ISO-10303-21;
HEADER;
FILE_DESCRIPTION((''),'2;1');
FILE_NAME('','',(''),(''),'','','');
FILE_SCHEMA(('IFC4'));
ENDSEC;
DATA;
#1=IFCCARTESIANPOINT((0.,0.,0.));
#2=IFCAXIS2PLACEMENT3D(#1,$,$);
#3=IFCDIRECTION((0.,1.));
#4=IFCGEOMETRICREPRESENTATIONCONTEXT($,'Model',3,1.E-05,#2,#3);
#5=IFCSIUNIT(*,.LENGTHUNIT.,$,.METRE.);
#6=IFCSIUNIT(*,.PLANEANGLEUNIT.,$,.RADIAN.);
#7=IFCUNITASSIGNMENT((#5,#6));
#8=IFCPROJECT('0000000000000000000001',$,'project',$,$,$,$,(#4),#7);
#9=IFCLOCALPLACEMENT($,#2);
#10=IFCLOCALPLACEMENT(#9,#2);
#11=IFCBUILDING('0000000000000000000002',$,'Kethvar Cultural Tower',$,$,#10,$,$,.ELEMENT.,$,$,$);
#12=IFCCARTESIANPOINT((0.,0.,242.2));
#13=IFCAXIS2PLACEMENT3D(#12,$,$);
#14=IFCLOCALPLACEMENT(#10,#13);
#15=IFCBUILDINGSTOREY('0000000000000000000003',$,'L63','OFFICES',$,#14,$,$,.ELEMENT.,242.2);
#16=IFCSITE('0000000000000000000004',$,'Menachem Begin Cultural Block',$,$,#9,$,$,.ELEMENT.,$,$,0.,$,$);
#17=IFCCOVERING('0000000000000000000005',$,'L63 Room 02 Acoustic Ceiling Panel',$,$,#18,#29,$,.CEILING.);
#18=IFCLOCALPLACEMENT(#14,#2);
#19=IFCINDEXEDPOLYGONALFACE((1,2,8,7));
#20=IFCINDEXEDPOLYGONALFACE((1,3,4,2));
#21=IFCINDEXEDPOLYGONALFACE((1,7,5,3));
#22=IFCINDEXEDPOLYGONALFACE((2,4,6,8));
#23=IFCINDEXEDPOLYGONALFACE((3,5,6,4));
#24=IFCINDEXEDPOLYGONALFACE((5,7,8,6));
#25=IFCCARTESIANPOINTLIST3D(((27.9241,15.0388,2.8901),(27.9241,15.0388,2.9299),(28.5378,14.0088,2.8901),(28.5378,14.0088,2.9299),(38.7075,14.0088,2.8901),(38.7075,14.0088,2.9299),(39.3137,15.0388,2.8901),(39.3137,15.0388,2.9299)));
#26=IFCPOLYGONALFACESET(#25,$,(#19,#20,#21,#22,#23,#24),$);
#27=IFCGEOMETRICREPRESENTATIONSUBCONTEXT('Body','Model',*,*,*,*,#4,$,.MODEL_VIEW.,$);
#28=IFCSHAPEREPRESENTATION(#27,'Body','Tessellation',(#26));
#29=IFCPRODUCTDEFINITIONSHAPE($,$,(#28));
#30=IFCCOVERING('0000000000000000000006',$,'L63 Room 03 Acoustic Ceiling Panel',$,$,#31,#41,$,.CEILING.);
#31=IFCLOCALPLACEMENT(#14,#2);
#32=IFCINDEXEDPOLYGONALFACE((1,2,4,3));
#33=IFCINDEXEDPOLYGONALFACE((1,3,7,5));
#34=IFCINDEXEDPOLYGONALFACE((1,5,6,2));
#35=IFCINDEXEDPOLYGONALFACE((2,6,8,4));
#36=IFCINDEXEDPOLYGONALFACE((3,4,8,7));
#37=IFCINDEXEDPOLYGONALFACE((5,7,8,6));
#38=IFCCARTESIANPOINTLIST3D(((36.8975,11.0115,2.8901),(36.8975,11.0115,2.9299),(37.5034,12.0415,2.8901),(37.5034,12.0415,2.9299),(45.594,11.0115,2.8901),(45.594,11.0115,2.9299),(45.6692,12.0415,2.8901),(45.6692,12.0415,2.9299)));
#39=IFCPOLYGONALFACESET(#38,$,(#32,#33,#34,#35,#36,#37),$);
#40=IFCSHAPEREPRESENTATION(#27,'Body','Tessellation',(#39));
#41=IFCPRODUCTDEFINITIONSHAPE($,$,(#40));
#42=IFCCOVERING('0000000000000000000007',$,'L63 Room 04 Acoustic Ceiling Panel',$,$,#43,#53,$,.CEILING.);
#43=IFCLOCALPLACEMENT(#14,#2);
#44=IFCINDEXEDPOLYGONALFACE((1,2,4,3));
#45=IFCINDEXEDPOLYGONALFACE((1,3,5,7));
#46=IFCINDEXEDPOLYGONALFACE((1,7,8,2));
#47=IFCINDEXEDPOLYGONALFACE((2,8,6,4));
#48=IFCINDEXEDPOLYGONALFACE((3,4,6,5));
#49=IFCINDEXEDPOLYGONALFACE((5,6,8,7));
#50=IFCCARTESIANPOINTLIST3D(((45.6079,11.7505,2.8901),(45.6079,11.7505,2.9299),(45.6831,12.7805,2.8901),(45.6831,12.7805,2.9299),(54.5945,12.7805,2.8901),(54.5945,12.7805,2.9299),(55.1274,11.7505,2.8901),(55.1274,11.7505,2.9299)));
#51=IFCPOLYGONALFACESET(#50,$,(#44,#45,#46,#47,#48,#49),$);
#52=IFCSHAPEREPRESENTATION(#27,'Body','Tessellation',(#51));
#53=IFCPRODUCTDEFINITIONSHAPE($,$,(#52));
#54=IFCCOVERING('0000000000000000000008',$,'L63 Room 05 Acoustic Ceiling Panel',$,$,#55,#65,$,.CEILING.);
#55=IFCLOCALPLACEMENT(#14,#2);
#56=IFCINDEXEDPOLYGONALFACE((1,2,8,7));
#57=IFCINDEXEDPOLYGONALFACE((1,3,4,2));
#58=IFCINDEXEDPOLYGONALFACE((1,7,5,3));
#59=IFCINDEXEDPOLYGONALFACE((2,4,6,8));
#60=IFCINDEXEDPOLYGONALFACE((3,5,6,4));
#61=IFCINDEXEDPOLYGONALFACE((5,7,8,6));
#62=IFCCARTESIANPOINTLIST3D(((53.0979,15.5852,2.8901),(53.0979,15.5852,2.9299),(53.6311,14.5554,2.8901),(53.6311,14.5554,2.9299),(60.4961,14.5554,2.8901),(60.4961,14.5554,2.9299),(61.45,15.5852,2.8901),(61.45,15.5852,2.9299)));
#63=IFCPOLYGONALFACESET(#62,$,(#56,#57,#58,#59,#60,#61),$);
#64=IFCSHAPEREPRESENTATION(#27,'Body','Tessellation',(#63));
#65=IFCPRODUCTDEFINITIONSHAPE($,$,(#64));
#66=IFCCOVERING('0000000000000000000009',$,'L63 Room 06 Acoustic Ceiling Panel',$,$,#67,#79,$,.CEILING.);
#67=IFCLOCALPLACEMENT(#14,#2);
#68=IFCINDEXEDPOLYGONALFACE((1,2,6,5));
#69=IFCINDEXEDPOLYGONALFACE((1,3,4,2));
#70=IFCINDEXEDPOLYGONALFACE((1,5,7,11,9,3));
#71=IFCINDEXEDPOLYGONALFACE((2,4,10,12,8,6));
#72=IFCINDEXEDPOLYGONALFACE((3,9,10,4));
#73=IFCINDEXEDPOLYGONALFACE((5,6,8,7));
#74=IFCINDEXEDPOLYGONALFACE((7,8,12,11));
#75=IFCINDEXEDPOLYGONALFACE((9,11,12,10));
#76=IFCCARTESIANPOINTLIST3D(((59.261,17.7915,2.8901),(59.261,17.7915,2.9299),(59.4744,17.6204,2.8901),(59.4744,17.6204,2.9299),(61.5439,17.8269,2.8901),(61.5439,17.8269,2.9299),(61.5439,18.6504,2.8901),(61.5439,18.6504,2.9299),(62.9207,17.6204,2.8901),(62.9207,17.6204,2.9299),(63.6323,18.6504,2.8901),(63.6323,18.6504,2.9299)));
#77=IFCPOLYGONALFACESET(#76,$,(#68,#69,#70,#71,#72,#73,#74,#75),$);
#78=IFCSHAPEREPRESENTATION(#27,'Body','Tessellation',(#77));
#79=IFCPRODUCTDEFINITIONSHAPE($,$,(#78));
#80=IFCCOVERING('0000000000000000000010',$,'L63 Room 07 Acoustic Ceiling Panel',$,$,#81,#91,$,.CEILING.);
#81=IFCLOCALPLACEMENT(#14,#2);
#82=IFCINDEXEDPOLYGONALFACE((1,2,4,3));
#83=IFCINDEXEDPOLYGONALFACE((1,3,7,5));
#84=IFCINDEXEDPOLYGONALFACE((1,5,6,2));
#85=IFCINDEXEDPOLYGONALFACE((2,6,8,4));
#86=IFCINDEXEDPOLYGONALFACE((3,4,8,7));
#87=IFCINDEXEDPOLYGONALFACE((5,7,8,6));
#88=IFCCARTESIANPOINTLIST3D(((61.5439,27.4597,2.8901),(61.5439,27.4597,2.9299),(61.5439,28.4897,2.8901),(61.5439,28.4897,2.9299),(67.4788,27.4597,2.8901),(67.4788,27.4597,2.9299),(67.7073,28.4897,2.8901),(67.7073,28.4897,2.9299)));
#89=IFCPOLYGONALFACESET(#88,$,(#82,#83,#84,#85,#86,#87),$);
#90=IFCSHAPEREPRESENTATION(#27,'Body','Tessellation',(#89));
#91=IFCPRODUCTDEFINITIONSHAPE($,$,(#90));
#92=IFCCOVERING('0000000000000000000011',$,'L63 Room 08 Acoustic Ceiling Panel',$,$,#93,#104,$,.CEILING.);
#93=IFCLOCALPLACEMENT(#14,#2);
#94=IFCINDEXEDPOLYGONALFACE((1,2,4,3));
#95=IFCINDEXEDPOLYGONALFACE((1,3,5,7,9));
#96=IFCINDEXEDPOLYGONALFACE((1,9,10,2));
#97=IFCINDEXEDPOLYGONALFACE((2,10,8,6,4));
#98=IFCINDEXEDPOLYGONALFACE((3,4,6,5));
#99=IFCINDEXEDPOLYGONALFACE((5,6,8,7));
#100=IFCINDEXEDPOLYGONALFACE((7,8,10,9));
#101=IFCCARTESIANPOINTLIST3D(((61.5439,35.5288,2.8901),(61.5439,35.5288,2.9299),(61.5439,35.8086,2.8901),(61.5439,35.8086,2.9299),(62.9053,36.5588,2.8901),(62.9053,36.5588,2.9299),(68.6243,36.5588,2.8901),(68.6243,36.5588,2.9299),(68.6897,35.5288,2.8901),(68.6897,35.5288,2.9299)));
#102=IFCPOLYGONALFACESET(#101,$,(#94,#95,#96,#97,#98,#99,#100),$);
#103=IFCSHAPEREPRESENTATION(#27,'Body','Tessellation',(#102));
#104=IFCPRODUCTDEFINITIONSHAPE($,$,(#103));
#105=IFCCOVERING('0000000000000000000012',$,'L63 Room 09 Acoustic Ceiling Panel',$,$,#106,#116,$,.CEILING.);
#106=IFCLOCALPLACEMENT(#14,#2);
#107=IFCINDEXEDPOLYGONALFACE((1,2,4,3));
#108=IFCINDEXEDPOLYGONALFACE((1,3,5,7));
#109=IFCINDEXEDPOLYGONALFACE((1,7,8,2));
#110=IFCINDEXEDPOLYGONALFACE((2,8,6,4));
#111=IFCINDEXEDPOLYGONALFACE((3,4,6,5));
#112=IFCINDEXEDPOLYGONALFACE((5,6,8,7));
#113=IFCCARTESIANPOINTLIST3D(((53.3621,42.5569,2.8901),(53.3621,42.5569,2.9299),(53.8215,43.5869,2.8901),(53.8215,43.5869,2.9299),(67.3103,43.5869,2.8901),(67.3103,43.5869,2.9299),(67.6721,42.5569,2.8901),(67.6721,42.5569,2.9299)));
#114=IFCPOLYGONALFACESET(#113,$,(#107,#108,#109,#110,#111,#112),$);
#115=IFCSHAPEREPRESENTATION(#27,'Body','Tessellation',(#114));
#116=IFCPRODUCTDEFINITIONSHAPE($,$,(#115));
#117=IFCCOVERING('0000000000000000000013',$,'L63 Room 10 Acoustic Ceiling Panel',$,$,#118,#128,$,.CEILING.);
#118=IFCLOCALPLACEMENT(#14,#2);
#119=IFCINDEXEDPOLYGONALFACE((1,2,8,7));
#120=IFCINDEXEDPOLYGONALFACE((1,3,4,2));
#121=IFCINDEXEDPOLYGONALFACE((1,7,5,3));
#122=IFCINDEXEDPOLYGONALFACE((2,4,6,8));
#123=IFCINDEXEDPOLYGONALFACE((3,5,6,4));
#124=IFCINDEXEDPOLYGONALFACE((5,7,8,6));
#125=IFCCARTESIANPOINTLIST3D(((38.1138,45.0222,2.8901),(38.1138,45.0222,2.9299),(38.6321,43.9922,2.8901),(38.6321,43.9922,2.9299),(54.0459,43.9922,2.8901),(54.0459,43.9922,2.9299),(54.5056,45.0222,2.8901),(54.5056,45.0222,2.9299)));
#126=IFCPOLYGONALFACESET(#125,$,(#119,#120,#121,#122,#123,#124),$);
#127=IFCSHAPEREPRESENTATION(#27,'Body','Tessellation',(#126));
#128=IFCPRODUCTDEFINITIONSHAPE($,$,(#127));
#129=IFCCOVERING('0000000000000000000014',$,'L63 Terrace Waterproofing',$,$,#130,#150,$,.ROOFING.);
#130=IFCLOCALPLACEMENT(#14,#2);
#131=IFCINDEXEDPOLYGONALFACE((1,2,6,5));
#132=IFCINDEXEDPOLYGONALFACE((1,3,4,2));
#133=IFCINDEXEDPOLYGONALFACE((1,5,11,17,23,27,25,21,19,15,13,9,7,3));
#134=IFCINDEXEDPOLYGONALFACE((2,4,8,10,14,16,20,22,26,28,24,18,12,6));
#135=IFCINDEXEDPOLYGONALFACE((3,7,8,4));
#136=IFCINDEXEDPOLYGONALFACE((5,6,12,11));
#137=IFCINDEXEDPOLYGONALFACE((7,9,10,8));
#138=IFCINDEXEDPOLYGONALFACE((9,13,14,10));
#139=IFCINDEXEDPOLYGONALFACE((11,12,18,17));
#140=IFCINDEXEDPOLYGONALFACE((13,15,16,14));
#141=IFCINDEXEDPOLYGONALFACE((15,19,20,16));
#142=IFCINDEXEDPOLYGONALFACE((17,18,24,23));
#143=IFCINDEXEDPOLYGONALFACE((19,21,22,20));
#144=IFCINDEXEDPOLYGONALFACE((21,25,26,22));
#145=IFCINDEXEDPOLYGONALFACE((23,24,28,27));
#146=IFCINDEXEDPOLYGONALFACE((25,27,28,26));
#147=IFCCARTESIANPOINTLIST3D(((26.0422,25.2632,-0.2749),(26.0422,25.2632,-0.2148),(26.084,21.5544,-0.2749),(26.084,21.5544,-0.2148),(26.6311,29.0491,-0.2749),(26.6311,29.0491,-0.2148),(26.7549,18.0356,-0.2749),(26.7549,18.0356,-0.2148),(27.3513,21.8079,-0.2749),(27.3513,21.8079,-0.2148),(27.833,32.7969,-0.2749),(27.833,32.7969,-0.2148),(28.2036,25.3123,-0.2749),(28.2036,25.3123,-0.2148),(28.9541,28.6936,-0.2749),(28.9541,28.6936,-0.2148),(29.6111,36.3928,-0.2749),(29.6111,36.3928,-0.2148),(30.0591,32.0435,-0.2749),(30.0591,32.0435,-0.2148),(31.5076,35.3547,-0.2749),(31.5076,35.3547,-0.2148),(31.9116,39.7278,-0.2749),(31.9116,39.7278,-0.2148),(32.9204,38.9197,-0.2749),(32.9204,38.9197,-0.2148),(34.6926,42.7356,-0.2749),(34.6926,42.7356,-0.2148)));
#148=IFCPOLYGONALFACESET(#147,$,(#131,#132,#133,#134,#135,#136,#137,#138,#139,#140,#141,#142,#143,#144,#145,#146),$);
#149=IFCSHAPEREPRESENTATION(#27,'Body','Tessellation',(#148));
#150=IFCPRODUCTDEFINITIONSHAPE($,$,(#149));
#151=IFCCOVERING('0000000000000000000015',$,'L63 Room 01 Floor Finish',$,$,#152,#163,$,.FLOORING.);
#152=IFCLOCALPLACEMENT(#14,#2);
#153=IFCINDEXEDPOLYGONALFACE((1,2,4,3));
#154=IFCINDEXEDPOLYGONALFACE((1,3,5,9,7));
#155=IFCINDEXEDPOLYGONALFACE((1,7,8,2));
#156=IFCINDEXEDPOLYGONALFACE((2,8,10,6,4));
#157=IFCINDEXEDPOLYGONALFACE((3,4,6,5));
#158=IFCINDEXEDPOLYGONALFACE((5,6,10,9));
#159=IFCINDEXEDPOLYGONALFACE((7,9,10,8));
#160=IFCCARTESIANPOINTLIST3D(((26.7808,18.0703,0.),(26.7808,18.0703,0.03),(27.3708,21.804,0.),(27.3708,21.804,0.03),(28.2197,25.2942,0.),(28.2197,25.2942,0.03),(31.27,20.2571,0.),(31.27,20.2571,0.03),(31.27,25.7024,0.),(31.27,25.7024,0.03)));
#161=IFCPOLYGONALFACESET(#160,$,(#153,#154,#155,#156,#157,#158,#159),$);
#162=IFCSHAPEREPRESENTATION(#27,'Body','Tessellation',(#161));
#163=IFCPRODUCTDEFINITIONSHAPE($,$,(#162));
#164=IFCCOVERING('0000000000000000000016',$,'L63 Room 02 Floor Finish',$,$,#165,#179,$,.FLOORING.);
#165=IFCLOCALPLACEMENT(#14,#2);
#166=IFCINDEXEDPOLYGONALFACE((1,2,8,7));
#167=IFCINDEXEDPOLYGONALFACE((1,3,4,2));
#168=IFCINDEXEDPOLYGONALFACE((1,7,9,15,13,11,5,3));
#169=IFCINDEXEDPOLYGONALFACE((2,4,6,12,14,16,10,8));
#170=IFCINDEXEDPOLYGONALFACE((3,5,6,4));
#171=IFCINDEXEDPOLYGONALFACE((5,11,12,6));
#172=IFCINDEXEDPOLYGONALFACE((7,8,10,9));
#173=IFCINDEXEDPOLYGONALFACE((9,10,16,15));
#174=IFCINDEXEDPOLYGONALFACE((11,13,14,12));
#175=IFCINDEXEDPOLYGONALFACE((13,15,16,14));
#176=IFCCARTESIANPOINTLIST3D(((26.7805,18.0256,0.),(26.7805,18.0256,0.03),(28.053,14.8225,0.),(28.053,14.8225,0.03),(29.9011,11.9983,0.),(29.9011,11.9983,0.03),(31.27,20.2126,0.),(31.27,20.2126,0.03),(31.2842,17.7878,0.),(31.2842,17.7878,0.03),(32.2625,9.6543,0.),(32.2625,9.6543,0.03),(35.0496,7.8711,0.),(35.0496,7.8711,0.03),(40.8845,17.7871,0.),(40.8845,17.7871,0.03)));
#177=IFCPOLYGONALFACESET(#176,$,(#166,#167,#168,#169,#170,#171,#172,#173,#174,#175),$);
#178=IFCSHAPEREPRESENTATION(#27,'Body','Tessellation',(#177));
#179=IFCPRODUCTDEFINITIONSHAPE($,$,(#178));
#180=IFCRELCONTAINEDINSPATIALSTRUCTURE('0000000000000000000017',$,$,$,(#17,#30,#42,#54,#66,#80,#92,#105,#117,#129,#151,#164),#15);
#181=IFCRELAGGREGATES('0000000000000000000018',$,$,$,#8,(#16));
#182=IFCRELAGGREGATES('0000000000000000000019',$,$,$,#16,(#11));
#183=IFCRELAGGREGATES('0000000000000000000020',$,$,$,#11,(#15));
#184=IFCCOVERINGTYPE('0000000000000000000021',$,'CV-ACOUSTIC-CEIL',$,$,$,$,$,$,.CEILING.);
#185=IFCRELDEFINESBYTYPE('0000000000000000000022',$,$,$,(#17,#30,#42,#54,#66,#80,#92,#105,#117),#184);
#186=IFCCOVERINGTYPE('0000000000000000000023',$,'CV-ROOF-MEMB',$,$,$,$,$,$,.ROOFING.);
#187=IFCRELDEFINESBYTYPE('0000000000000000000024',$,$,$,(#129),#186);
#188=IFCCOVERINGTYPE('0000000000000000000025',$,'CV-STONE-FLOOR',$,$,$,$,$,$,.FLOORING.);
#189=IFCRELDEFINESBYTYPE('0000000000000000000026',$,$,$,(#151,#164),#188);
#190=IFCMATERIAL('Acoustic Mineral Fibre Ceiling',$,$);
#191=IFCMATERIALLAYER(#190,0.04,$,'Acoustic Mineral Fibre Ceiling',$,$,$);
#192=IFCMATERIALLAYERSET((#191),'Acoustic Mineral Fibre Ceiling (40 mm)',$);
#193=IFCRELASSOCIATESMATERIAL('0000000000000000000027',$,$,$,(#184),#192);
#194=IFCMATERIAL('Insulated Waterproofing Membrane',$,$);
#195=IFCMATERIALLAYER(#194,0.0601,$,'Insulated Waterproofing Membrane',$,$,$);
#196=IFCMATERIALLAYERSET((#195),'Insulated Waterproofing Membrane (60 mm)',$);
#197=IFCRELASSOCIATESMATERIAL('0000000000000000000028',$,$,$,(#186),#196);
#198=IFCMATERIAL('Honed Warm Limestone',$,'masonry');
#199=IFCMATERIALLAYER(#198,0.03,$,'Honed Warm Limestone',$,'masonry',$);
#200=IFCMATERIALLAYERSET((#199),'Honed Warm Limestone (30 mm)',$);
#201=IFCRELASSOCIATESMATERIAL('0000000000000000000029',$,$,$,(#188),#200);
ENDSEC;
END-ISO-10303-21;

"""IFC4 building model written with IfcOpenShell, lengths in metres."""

from ifc_helpers import new_model, si_unit, direction, frame, origin, place, context, subcontext, project, spatial, polyline, outline, extrude, material, layer, layer_set, type_object, element, save


model = new_model("IFC4")

# Units and contexts
model_context = context("Model", 3, precision=1e-05, world=origin(), true_north=direction((0.0, 1.0)))
body_context = subcontext(model_context, "Body", "Model", "MODEL_VIEW")
ifc_project = project(units=[si_unit("LENGTHUNIT", "METRE"), si_unit("PLANEANGLEUNIT", "RADIAN")], contexts=[model_context])

# Site, building, storey
site_placement = place(None, origin())
site = spatial("IfcSite", under=ifc_project, at=site_placement, Name="Menachem Begin Cultural Block", CompositionType="ELEMENT", RefElevation=0.0)
building_placement = place(site_placement, origin())
building = spatial("IfcBuilding", under=site, at=building_placement, Name="Kethvar Cultural Tower", CompositionType="ELEMENT")
storey_placement = place(building_placement, frame((0.0, 0.0, 242.2)))
storey = spatial("IfcBuildingStorey", under=building, at=storey_placement, Name="L63", Description="OFFICES", CompositionType="ELEMENT", Elevation=242.2)

# Coverings
ifc_material_1 = material(Name="Acoustic Mineral Fibre Ceiling")
ifc_layer_1 = layer(ifc_material_1, 0.04, Name="Acoustic Mineral Fibre Ceiling")
ifc_layer_set_1 = layer_set([ifc_layer_1], Name="Acoustic Mineral Fibre Ceiling (40 mm)")
covering_type_1 = type_object("IfcCoveringType", Name="CV-ACOUSTIC-CEIL", PredefinedType="CEILING", material=ifc_layer_set_1)
covering_1_placement = place(storey_placement, frame((0.0, 0.0, 2.8901)))
element("IfcCovering", 1, at=covering_1_placement, inside=storey, type_object=covering_type_1, Name="L63 Room 02 Acoustic Ceiling Panel", PredefinedType="CEILING", context=body_context, shape_type="SweptSolid", body=[
    extrude(outline(polyline([(28.5378, 14.0088), (27.9241, 15.0388), (39.3137, 15.0388), (38.7075, 14.0088), (28.5378, 14.0088)])), origin(), (0.0, 0.0, 1.0), 0.0398),
])
covering_2_placement = place(storey_placement, frame((0.0, 0.0, 2.8901)))
element("IfcCovering", 2, at=covering_2_placement, inside=storey, type_object=covering_type_1, Name="L63 Room 03 Acoustic Ceiling Panel", PredefinedType="CEILING", context=body_context, shape_type="SweptSolid", body=[
    extrude(outline(polyline([(37.5034, 12.0415), (45.6692, 12.0415), (45.594, 11.0115), (36.8975, 11.0115), (37.5034, 12.0415)])), origin(), (0.0, 0.0, 1.0), 0.0398),
])
covering_3_placement = place(storey_placement, frame((0.0, 0.0, 2.8901)))
element("IfcCovering", 3, at=covering_3_placement, inside=storey, type_object=covering_type_1, Name="L63 Room 04 Acoustic Ceiling Panel", PredefinedType="CEILING", context=body_context, shape_type="SweptSolid", body=[
    extrude(outline(polyline([(45.6831, 12.7805), (54.5945, 12.7805), (55.1274, 11.7505), (45.6079, 11.7505), (45.6831, 12.7805)])), origin(), (0.0, 0.0, 1.0), 0.0398),
])
covering_4_placement = place(storey_placement, frame((0.0, 0.0, 2.8901)))
element("IfcCovering", 4, at=covering_4_placement, inside=storey, type_object=covering_type_1, Name="L63 Room 05 Acoustic Ceiling Panel", PredefinedType="CEILING", context=body_context, shape_type="SweptSolid", body=[
    extrude(outline(polyline([(53.0979, 15.5852), (61.45, 15.5852), (60.4961, 14.5554), (53.6311, 14.5554), (53.0979, 15.5852)])), origin(), (0.0, 0.0, 1.0), 0.0398),
])
covering_5_placement = place(storey_placement, frame((0.0, 0.0, 2.8901)))
element("IfcCovering", 5, at=covering_5_placement, inside=storey, type_object=covering_type_1, Name="L63 Room 06 Acoustic Ceiling Panel", PredefinedType="CEILING", context=body_context, shape_type="SweptSolid", body=[
    extrude(outline(polyline([(59.261, 17.7915), (61.5439, 17.8269), (61.5439, 18.6504), (63.6323, 18.6504), (62.9207, 17.6204), (59.4744, 17.6204), (59.261, 17.7915)])), origin(), (0.0, 0.0, 1.0), 0.0398),
])
covering_6_placement = place(storey_placement, frame((0.0, 0.0, 2.8901)))
element("IfcCovering", 6, at=covering_6_placement, inside=storey, type_object=covering_type_1, Name="L63 Room 07 Acoustic Ceiling Panel", PredefinedType="CEILING", context=body_context, shape_type="SweptSolid", body=[
    extrude(outline(polyline([(67.4788, 27.4597), (61.5439, 27.4597), (61.5439, 28.4897), (67.7073, 28.4897), (67.4788, 27.4597)])), origin(), (0.0, 0.0, 1.0), 0.0398),
])
covering_7_placement = place(storey_placement, frame((0.0, 0.0, 2.8901)))
element("IfcCovering", 7, at=covering_7_placement, inside=storey, type_object=covering_type_1, Name="L63 Room 08 Acoustic Ceiling Panel", PredefinedType="CEILING", context=body_context, shape_type="SweptSolid", body=[
    extrude(outline(polyline([(61.5439, 35.8086), (62.9053, 36.5588), (68.6243, 36.5588), (68.6897, 35.5288), (61.5439, 35.5288), (61.5439, 35.8086)])), origin(), (0.0, 0.0, 1.0), 0.0398),
])
covering_8_placement = place(storey_placement, frame((0.0, 0.0, 2.8901)))
element("IfcCovering", 8, at=covering_8_placement, inside=storey, type_object=covering_type_1, Name="L63 Room 09 Acoustic Ceiling Panel", PredefinedType="CEILING", context=body_context, shape_type="SweptSolid", body=[
    extrude(outline(polyline([(67.3103, 43.5869), (67.6721, 42.5569), (53.3621, 42.5569), (53.8215, 43.5869), (67.3103, 43.5869)])), origin(), (0.0, 0.0, 1.0), 0.0398),
])
covering_9_placement = place(storey_placement, frame((0.0, 0.0, 2.8901)))
element("IfcCovering", 9, at=covering_9_placement, inside=storey, type_object=covering_type_1, Name="L63 Room 10 Acoustic Ceiling Panel", PredefinedType="CEILING", context=body_context, shape_type="SweptSolid", body=[
    extrude(outline(polyline([(54.0459, 43.9922), (38.6321, 43.9922), (38.1138, 45.0222), (54.5056, 45.0222), (54.0459, 43.9922)])), origin(), (0.0, 0.0, 1.0), 0.0398),
])
ifc_material_2 = material(Name="Insulated Waterproofing Membrane")
ifc_layer_2 = layer(ifc_material_2, 0.0601, Name="Insulated Waterproofing Membrane")
ifc_layer_set_2 = layer_set([ifc_layer_2], Name="Insulated Waterproofing Membrane (60 mm)")
covering_type_2 = type_object("IfcCoveringType", Name="CV-ROOF-MEMB", PredefinedType="ROOFING", material=ifc_layer_set_2)
covering_10_placement = place(storey_placement, frame((0.0, 0.0, -0.2749)))
element("IfcCovering", 10, at=covering_10_placement, inside=storey, type_object=covering_type_2, Name="L63 Terrace Waterproofing", PredefinedType="ROOFING", context=body_context, shape_type="SweptSolid", body=[
    extrude(outline(polyline([(34.6926, 42.7356), (31.9116, 39.7278), (29.6111, 36.3928), (27.833, 32.7969), (26.6311, 29.0491), (26.0422, 25.2632), (26.084, 21.5544), (26.7549, 18.0356), (27.3513, 21.8079), (28.2036, 25.3123), (28.9541, 28.6936), (30.0591, 32.0435), (31.5076, 35.3547), (32.9204, 38.9197), (34.6926, 42.7356)])), origin(), (0.0, 0.0, 1.0), 0.0601),
])
ifc_material_3 = material(Name="Honed Warm Limestone", Category="masonry")
ifc_layer_3 = layer(ifc_material_3, 0.03, Name="Honed Warm Limestone", Category="masonry")
ifc_layer_set_3 = layer_set([ifc_layer_3], Name="Honed Warm Limestone (30 mm)")
covering_type_3 = type_object("IfcCoveringType", Name="CV-STONE-FLOOR", PredefinedType="FLOORING", material=ifc_layer_set_3)
covering_11_placement = place(storey_placement, origin())
element("IfcCovering", 11, at=covering_11_placement, inside=storey, type_object=covering_type_3, Name="L63 Room 01 Floor Finish", PredefinedType="FLOORING", context=body_context, shape_type="SweptSolid", body=[
    extrude(outline(polyline([(27.3708, 21.804), (28.2197, 25.2942), (31.27, 25.7024), (31.27, 20.2571), (26.7808, 18.0703), (27.3708, 21.804)])), origin(), (0.0, 0.0, 1.0), 0.03),
])
covering_12_placement = place(storey_placement, origin())
element("IfcCovering", 12, at=covering_12_placement, inside=storey, type_object=covering_type_3, Name="L63 Room 02 Floor Finish", PredefinedType="FLOORING", context=body_context, shape_type="SweptSolid", body=[
    extrude(outline(polyline([(35.0496, 7.8711), (32.2625, 9.6543), (29.9011, 11.9983), (28.053, 14.8225), (26.7805, 18.0256), (31.27, 20.2126), (31.2842, 17.7878), (40.8845, 17.7871), (35.0496, 7.8711)])), origin(), (0.0, 0.0, 1.0), 0.03),
])

save(model, "model.ifc")
